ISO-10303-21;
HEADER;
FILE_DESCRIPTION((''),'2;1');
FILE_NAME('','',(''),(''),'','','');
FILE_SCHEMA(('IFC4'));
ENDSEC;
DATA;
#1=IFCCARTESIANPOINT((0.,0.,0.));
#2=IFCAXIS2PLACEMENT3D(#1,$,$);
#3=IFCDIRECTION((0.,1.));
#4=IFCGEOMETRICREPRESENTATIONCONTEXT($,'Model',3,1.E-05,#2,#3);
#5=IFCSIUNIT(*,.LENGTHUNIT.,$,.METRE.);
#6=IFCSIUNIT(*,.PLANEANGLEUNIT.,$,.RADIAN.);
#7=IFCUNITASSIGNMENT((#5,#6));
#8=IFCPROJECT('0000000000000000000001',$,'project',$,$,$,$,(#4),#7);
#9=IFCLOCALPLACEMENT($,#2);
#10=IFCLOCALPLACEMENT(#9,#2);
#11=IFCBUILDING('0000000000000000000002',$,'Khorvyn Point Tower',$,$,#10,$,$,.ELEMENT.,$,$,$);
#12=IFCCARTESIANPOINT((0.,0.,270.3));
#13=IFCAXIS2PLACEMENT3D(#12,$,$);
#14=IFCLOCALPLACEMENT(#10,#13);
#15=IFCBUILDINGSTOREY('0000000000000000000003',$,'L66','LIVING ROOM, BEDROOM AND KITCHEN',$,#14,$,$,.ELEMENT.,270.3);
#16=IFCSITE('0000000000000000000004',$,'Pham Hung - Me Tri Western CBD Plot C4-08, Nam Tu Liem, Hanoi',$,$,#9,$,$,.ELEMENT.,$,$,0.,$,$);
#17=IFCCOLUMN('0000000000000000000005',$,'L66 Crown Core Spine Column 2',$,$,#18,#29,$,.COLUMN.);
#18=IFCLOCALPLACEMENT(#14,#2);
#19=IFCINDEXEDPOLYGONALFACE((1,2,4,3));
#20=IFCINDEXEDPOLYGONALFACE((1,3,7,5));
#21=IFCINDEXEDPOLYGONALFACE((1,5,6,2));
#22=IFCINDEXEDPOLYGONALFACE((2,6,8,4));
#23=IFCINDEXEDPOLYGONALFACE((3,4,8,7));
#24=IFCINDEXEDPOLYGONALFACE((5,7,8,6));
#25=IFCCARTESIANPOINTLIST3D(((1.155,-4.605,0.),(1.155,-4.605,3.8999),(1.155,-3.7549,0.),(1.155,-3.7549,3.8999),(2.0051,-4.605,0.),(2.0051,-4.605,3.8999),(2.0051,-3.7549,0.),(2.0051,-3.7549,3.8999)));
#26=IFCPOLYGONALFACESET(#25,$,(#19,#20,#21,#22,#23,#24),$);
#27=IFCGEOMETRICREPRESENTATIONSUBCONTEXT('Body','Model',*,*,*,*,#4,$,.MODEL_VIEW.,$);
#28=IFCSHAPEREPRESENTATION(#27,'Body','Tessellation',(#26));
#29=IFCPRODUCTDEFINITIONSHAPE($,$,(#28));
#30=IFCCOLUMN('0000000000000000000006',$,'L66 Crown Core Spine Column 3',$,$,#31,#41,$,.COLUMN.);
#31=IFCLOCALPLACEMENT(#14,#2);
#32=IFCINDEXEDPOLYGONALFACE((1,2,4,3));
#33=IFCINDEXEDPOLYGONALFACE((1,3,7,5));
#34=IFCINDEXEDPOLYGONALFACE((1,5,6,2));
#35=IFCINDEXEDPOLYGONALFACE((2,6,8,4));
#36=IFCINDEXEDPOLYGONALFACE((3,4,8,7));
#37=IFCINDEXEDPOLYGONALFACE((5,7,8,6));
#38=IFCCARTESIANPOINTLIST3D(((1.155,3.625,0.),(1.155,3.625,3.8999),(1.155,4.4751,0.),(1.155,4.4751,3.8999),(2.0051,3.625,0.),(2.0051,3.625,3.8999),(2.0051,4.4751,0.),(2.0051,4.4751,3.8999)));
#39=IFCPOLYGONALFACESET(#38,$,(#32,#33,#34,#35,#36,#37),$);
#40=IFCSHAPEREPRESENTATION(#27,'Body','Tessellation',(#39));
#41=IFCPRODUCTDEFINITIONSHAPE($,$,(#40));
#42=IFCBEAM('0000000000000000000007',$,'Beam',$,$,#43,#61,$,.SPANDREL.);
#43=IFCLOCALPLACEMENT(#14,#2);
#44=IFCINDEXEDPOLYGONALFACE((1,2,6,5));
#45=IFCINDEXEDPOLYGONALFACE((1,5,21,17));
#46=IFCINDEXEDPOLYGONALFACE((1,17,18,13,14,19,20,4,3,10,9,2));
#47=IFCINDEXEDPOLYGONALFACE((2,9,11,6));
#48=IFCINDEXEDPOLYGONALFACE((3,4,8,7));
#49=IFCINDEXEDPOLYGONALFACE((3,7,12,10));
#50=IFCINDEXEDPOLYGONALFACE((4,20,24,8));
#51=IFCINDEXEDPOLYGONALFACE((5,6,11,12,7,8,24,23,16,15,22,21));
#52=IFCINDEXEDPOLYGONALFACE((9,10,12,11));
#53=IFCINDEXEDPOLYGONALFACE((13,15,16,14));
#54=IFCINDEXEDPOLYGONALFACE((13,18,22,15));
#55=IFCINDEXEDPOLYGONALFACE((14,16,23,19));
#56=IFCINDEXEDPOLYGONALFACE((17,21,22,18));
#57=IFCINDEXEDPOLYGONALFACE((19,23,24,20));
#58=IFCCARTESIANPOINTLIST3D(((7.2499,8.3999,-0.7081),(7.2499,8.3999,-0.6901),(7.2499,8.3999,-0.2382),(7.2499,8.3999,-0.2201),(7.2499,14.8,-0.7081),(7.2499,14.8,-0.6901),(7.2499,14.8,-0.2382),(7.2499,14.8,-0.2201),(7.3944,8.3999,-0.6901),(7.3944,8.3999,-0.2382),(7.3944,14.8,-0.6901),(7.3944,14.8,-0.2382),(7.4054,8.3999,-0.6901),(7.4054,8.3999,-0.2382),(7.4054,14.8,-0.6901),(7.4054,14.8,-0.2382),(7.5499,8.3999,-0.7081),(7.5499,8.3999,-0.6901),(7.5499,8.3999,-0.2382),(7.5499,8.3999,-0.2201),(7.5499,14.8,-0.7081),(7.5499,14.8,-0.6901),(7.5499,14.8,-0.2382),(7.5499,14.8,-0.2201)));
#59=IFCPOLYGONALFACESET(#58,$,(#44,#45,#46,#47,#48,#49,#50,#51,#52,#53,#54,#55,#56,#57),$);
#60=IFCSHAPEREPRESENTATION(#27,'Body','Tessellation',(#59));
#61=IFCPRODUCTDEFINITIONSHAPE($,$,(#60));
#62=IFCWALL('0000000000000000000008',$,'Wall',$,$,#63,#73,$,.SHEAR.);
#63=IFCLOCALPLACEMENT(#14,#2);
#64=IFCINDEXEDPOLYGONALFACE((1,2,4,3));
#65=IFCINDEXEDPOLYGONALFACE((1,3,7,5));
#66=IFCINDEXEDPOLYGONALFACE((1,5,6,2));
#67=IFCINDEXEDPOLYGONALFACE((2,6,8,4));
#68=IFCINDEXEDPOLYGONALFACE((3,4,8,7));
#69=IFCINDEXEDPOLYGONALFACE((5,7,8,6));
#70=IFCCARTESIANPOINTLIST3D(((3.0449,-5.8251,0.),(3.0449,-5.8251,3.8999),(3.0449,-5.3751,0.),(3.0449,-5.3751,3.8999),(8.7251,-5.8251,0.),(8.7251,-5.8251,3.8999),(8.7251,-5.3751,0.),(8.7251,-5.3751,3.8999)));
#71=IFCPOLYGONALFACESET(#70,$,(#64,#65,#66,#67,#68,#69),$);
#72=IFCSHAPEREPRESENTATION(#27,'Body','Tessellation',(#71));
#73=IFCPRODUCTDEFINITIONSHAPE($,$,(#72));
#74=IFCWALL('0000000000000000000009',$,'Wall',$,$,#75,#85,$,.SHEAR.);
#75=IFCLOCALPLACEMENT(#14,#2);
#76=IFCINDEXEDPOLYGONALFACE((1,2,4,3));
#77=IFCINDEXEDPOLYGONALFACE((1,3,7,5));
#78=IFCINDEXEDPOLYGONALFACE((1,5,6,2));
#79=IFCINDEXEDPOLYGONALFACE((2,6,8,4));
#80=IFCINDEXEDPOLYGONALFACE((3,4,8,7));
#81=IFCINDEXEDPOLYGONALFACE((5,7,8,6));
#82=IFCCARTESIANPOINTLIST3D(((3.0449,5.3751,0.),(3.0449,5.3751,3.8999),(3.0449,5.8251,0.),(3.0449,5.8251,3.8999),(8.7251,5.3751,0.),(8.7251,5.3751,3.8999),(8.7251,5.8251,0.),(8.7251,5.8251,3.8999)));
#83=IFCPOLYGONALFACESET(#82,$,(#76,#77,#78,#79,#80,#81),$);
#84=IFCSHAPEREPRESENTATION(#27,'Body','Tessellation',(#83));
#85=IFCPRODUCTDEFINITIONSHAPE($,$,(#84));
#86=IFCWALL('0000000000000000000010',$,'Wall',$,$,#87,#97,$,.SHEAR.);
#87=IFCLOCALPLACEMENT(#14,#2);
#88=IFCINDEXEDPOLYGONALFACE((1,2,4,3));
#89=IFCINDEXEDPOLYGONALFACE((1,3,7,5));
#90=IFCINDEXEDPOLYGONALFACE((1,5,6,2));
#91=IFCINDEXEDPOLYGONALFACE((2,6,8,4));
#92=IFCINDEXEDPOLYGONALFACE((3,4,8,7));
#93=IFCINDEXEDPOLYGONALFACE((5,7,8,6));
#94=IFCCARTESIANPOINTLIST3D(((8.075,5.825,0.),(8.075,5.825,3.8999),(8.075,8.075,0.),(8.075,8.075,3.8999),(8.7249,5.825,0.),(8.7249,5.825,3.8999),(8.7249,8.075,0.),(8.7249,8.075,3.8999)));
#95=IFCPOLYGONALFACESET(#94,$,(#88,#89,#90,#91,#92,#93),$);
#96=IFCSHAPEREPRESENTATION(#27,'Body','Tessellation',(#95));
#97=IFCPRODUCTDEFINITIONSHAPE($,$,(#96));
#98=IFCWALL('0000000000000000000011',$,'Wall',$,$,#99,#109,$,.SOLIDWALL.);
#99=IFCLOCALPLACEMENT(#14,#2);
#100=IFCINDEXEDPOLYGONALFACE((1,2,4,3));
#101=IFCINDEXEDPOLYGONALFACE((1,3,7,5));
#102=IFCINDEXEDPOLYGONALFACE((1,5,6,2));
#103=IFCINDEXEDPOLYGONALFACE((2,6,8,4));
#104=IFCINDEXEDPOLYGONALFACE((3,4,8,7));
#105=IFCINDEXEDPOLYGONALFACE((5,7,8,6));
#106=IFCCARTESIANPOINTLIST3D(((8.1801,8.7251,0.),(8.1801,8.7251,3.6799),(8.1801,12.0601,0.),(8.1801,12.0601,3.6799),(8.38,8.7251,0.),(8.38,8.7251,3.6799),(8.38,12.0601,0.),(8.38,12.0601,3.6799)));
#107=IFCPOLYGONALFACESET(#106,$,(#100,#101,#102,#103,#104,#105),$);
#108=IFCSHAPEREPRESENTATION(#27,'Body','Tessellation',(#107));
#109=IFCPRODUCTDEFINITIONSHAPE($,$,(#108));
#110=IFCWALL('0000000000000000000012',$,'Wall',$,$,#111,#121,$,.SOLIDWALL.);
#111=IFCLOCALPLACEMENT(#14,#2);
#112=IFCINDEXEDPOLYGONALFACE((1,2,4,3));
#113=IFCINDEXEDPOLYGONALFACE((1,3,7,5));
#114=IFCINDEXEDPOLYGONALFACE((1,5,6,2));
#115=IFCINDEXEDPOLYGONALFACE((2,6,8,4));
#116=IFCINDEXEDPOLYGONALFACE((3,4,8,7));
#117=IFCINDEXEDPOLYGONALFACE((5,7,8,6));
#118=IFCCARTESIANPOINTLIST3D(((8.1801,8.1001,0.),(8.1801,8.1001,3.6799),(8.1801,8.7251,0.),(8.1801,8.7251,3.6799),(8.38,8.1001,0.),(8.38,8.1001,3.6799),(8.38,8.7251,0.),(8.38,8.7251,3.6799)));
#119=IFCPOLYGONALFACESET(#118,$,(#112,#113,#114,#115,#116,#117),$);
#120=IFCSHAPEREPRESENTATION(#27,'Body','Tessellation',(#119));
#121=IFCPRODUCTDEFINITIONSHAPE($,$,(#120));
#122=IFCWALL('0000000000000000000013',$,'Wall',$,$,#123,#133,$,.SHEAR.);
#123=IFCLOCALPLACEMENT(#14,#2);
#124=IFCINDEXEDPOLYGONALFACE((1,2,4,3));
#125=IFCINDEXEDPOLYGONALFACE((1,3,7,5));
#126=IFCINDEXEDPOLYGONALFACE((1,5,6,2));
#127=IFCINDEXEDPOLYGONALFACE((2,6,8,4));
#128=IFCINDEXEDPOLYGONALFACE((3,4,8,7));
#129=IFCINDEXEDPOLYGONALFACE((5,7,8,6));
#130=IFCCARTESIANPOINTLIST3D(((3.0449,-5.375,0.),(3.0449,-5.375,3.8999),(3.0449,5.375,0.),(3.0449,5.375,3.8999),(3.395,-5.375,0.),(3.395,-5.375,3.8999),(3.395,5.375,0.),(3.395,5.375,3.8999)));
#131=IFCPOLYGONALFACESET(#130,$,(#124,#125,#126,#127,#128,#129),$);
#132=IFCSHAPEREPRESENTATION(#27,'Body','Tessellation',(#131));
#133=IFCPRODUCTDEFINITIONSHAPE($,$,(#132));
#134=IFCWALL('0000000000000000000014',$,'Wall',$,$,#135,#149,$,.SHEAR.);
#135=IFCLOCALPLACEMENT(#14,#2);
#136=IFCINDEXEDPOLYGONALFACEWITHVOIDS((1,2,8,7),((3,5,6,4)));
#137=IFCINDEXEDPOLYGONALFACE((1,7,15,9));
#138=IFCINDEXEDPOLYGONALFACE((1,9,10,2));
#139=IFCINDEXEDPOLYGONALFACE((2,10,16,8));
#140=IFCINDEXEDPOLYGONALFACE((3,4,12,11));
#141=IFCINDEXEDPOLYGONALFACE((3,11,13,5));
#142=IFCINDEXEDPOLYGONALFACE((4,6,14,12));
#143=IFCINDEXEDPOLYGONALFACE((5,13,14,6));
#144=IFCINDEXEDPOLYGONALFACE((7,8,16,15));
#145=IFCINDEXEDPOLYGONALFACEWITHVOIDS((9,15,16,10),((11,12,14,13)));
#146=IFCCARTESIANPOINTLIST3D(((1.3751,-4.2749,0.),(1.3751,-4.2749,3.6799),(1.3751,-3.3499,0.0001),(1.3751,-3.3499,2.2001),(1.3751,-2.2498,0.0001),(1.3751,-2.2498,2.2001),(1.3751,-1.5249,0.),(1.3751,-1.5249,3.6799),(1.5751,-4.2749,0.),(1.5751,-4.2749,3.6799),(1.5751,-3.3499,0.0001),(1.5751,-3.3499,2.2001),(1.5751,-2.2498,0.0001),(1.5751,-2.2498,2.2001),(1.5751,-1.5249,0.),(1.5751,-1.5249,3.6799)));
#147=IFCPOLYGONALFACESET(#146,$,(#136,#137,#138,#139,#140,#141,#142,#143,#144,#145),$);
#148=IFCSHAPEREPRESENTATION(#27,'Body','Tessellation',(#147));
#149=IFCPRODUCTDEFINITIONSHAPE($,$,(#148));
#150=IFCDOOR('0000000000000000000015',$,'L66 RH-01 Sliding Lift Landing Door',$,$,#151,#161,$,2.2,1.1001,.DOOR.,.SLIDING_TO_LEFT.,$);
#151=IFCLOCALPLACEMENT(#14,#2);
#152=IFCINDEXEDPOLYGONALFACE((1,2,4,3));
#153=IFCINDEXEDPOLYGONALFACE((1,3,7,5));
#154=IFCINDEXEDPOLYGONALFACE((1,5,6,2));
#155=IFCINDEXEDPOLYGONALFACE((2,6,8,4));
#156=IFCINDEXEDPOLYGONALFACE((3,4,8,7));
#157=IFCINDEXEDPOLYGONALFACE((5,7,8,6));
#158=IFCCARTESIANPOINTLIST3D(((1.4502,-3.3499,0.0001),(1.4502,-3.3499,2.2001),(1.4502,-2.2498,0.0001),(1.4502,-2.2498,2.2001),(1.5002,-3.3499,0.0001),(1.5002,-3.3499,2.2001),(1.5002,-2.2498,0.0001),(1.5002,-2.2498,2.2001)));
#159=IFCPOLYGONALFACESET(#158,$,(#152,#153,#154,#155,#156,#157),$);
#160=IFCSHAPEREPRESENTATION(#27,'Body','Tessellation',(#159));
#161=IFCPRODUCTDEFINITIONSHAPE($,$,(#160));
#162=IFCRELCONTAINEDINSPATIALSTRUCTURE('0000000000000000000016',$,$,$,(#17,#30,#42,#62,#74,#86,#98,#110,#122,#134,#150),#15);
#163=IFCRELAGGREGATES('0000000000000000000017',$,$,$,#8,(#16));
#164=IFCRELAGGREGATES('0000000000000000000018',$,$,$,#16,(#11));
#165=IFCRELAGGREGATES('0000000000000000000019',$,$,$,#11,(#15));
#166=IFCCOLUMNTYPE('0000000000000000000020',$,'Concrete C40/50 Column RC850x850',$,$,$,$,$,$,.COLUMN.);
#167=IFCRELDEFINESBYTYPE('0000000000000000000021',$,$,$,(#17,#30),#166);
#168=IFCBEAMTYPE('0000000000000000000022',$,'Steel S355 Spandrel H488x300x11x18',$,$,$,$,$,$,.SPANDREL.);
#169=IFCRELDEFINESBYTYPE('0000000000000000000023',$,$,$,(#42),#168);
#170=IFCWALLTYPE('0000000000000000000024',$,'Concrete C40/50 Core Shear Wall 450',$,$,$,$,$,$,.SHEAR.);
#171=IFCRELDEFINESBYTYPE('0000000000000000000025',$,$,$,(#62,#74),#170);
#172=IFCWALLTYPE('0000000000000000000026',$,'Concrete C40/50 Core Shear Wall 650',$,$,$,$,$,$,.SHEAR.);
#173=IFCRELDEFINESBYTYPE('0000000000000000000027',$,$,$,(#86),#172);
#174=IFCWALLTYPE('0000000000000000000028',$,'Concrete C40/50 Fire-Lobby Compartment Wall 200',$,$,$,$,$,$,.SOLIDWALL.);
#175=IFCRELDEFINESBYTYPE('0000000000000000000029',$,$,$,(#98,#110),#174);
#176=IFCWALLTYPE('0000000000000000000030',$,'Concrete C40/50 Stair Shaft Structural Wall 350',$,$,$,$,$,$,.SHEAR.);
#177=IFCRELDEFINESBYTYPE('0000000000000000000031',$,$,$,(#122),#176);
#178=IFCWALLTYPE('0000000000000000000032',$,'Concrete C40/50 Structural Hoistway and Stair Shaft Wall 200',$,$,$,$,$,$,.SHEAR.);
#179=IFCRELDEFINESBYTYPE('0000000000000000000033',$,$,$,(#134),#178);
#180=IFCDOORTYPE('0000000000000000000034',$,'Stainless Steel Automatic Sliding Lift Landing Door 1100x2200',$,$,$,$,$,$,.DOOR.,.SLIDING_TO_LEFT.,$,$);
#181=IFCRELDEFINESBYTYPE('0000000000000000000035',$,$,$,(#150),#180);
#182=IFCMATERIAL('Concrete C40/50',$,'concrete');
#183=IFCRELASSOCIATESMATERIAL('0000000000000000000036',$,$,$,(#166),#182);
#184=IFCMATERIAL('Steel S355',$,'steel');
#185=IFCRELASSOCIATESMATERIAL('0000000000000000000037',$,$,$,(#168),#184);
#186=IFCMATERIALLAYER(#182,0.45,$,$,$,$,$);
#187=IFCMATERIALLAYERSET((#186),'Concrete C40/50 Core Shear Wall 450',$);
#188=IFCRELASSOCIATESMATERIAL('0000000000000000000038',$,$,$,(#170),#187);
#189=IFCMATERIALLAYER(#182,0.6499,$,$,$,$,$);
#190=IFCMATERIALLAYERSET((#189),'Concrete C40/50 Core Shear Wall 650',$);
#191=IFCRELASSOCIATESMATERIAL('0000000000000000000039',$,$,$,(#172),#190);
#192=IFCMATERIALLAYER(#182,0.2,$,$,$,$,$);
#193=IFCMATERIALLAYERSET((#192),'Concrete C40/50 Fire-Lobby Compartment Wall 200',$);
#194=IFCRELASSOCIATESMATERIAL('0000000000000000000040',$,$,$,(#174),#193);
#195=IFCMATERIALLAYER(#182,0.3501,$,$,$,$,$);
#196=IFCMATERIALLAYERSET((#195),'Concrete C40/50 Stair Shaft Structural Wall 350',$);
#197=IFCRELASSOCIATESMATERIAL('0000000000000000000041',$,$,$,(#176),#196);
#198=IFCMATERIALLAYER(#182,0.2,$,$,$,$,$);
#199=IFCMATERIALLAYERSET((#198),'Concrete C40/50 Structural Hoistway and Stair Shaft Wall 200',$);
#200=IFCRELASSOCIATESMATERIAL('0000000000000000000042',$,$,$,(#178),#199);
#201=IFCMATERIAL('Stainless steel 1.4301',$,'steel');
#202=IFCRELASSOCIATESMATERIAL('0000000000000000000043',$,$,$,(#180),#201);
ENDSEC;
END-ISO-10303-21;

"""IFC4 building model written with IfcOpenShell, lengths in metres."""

from ifc_helpers import new_model, si_unit, direction, frame, frame_2d, origin, origin_2d, place, context, subcontext, project, spatial, rectangle, i_section, extrude, material, layer, layer_set, material_profile, profile_set, type_object, element, fill, save


model = new_model("IFC4")

# Units and contexts
model_context = context("Model", 3, precision=1e-05, world=origin(), true_north=direction((0.0, 1.0)))
body_context = subcontext(model_context, "Body", "Model", "MODEL_VIEW")
ifc_project = project(units=[si_unit("LENGTHUNIT", "METRE"), si_unit("PLANEANGLEUNIT", "RADIAN")], contexts=[model_context])

# Site, building, storey
site_placement = place(None, origin())
site = spatial("IfcSite", under=ifc_project, at=site_placement, Name="Pham Hung - Me Tri Western CBD Plot C4-08, Nam Tu Liem, Hanoi", CompositionType="ELEMENT", RefElevation=0.0)
building_placement = place(site_placement, origin())
building = spatial("IfcBuilding", under=site, at=building_placement, Name="Khorvyn Point Tower", CompositionType="ELEMENT")
storey_placement = place(building_placement, frame((0.0, 0.0, 270.3)))
storey = spatial("IfcBuildingStorey", under=building, at=storey_placement, Name="L66", Description="LIVING ROOM, BEDROOM AND KITCHEN", CompositionType="ELEMENT", Elevation=270.3)

# Columns
ifc_material_1 = material(Name="Concrete C40/50", Category="concrete")
ifc_material_profile_1 = material_profile(ifc_material_1, rectangle(XDim=0.8501, YDim=0.8501, at=origin_2d()))
ifc_profile_set_1 = profile_set([ifc_material_profile_1], Name="Concrete C40/50 RC850x850")
column_type = type_object("IfcColumnType", Name="Concrete C40/50 Column RC850x850", PredefinedType="COLUMN", material=ifc_profile_set_1)
for number, where, z_axis, x_axis, name in (
    (1, (1.5801, -4.1799, 0.0), (0.0, 0.0, 1.0), (1.0, 0.0, 0.0), "L66 Crown Core Spine Column 2"),
    (2, (1.5801, 4.05, 0.0), (0.0, 0.0, 1.0), (1.0, 0.0, 0.0), "L66 Crown Core Spine Column 3"),
):
    element("IfcColumn", number, at=place(storey_placement, frame(where, z_axis=z_axis, x_axis=x_axis)), inside=storey, type_object=column_type, Name=name, PredefinedType="COLUMN", context=body_context, shape_type="SweptSolid", body=[
        extrude(rectangle(XDim=0.8501, YDim=0.8501, at=origin_2d()), origin(), (0.0, 0.0, 1.0), 3.8999),
    ])

# Beam
ifc_material_2 = material(Name="Steel S355", Category="steel")
ifc_material_profile_2 = material_profile(ifc_material_2, i_section(OverallWidth=0.3, OverallDepth=0.488, WebThickness=0.011, FlangeThickness=0.0181, at=origin_2d()))
ifc_profile_set_2 = profile_set([ifc_material_profile_2], Name="Steel S355 H488x300x11x18")
beam_type = type_object("IfcBeamType", Name="Steel S355 Spandrel H488x300x11x18", PredefinedType="SPANDREL", material=ifc_profile_set_2)
beam_placement = place(storey_placement, frame((7.3999, 8.3999, -0.4641), z_axis=(0.0, 1.0, 0.0), x_axis=(-1.0, 0.0, 0.0)))
element("IfcBeam", 3, at=beam_placement, inside=storey, type_object=beam_type, Name="Beam", PredefinedType="SPANDREL", context=body_context, shape_type="SweptSolid", body=[
    extrude(i_section(OverallWidth=0.3, OverallDepth=0.488, WebThickness=0.011, FlangeThickness=0.0181, at=origin_2d()), origin(), (0.0, 0.0, 1.0), 6.4001),
])

# Walls
ifc_layer_1 = layer(ifc_material_1, 0.45)
ifc_layer_set_1 = layer_set([ifc_layer_1], Name="Concrete C40/50 Core Shear Wall 450")
wall_type_1 = type_object("IfcWallType", Name="Concrete C40/50 Core Shear Wall 450", PredefinedType="SHEAR", material=ifc_layer_set_1)
for number, where, z_axis, x_axis, name in (
    (4, (3.0449, -5.6001, 0.0), (0.0, 0.0, 1.0), (1.0, 0.0, 0.0), "Wall"),
    (5, (3.0449, 5.6001, 0.0), (0.0, 0.0, 1.0), (1.0, 0.0, 0.0), "Wall"),
):
    element("IfcWall", number, at=place(storey_placement, frame(where, z_axis=z_axis, x_axis=x_axis)), inside=storey, type_object=wall_type_1, Name=name, PredefinedType="SHEAR", context=body_context, shape_type="SweptSolid", body=[
        extrude(rectangle(XDim=5.6802, YDim=0.45, at=frame_2d((2.8401, 0.0))), origin(), (0.0, 0.0, 1.0), 3.8999),
    ])
ifc_layer_2 = layer(ifc_material_1, 0.6499)
ifc_layer_set_2 = layer_set([ifc_layer_2], Name="Concrete C40/50 Core Shear Wall 650")
wall_type_2 = type_object("IfcWallType", Name="Concrete C40/50 Core Shear Wall 650", PredefinedType="SHEAR", material=ifc_layer_set_2)
wall_1_placement = place(storey_placement, frame((8.3999, 5.825, 0.0), z_axis=(0.0, 0.0, 1.0), x_axis=(0.0, 1.0, 0.0)))
element("IfcWall", 6, at=wall_1_placement, inside=storey, type_object=wall_type_2, Name="Wall", PredefinedType="SHEAR", context=body_context, shape_type="SweptSolid", body=[
    extrude(rectangle(XDim=2.25, YDim=0.6499, at=frame_2d((1.125, 0.0))), origin(), (0.0, 0.0, 1.0), 3.8999),
])

# Shared definitions
ifc_layer_3 = layer(ifc_material_1, 0.2)
ifc_layer_set_3 = layer_set([ifc_layer_3], Name="Concrete C40/50 Fire-Lobby Compartment Wall 200")
wall_type_3 = type_object("IfcWallType", Name="Concrete C40/50 Fire-Lobby Compartment Wall 200", PredefinedType="SOLIDWALL", material=ifc_layer_set_3)

# Walls
wall_2_placement = place(storey_placement, frame((8.28, 8.7251, 0.0), z_axis=(0.0, 0.0, 1.0), x_axis=(0.0, 1.0, 0.0)))
element("IfcWall", 7, at=wall_2_placement, inside=storey, type_object=wall_type_3, Name="Wall", PredefinedType="SOLIDWALL", context=body_context, shape_type="SweptSolid", body=[
    extrude(rectangle(XDim=3.335, YDim=0.2, at=frame_2d((1.6675, 0.0))), origin(), (0.0, 0.0, 1.0), 3.6799),
])
wall_3_placement = place(storey_placement, frame((8.28, 8.1001, 0.0), z_axis=(0.0, 0.0, 1.0), x_axis=(0.0, 1.0, 0.0)))
element("IfcWall", 8, at=wall_3_placement, inside=storey, type_object=wall_type_3, Name="Wall", PredefinedType="SOLIDWALL", context=body_context, shape_type="SweptSolid", body=[
    extrude(rectangle(XDim=0.625, YDim=0.2, at=frame_2d((0.3125, 0.0))), origin(), (0.0, 0.0, 1.0), 3.6799),
])
ifc_layer_4 = layer(ifc_material_1, 0.3501)
ifc_layer_set_4 = layer_set([ifc_layer_4], Name="Concrete C40/50 Stair Shaft Structural Wall 350")
wall_type_4 = type_object("IfcWallType", Name="Concrete C40/50 Stair Shaft Structural Wall 350", PredefinedType="SHEAR", material=ifc_layer_set_4)
wall_4_placement = place(storey_placement, frame((3.22, -5.375, 0.0), z_axis=(0.0, 0.0, 1.0), x_axis=(0.0, 1.0, 0.0)))
element("IfcWall", 9, at=wall_4_placement, inside=storey, type_object=wall_type_4, Name="Wall", PredefinedType="SHEAR", context=body_context, shape_type="SweptSolid", body=[
    extrude(rectangle(XDim=10.75, YDim=0.3501, at=frame_2d((5.375, 0.0))), origin(), (0.0, 0.0, 1.0), 3.8999),
])

# Wall, opening, door
ifc_layer_5 = layer(ifc_material_1, 0.2)
ifc_layer_set_5 = layer_set([ifc_layer_5], Name="Concrete C40/50 Structural Hoistway and Stair Shaft Wall 200")
wall_type_5 = type_object("IfcWallType", Name="Concrete C40/50 Structural Hoistway and Stair Shaft Wall 200", PredefinedType="SHEAR", material=ifc_layer_set_5)
wall_5_placement = place(storey_placement, frame((1.4751, -4.2749, 0.0), z_axis=(0.0, 0.0, 1.0), x_axis=(0.0, 1.0, 0.0)))
wall_5 = element("IfcWall", 10, at=wall_5_placement, inside=storey, type_object=wall_type_5, Name="Wall", PredefinedType="SHEAR", context=body_context, shape_type="SweptSolid", body=[
    extrude(rectangle(XDim=2.75, YDim=0.2, at=frame_2d((1.375, 0.0))), origin(), (0.0, 0.0, 1.0), 3.6799),
])
opening_1_placement = place(wall_5_placement, frame((0.925, 0.0, 0.0)))
opening_1 = element("IfcOpeningElement", 11, at=opening_1_placement, cuts=wall_5, PredefinedType="OPENING", context=body_context, shape_type="SweptSolid", body=[
    extrude(rectangle(XDim=1.1001, YDim=2.2, at=frame_2d((0.55, 1.1001))), frame((0.0, 0.1099, 0.0), z_axis=(0.0, -1.0, 0.0), x_axis=(1.0, 0.0, 0.0)), (0.0, 0.0, 1.0), 0.22),
])
ifc_material_3 = material(Name="Stainless steel 1.4301", Category="steel")
door_type_1 = type_object("IfcDoorType", Name="Stainless Steel Automatic Sliding Lift Landing Door 1100x2200", OperationType="SLIDING_TO_LEFT", PredefinedType="DOOR", material=ifc_material_3)
door_1_placement = place(opening_1_placement, origin())
door_1 = element("IfcDoor", 12, at=door_1_placement, inside=storey, type_object=door_type_1, Name="L66 RH-01 Sliding Lift Landing Door", OperationType="SLIDING_TO_LEFT", OverallHeight=2.2, OverallWidth=1.1001, PredefinedType="DOOR", context=body_context, shape_type="SweptSolid", body=[
    extrude(rectangle(XDim=1.1001, YDim=2.2, at=frame_2d((0.55, 1.1001))), frame((0.0, 0.0249, 0.0), z_axis=(0.0, -1.0, 0.0), x_axis=(1.0, 0.0, 0.0)), (0.0, 0.0, 1.0), 0.05),
])
fill(opening_1, door_1)

save(model, "model.ifc")
